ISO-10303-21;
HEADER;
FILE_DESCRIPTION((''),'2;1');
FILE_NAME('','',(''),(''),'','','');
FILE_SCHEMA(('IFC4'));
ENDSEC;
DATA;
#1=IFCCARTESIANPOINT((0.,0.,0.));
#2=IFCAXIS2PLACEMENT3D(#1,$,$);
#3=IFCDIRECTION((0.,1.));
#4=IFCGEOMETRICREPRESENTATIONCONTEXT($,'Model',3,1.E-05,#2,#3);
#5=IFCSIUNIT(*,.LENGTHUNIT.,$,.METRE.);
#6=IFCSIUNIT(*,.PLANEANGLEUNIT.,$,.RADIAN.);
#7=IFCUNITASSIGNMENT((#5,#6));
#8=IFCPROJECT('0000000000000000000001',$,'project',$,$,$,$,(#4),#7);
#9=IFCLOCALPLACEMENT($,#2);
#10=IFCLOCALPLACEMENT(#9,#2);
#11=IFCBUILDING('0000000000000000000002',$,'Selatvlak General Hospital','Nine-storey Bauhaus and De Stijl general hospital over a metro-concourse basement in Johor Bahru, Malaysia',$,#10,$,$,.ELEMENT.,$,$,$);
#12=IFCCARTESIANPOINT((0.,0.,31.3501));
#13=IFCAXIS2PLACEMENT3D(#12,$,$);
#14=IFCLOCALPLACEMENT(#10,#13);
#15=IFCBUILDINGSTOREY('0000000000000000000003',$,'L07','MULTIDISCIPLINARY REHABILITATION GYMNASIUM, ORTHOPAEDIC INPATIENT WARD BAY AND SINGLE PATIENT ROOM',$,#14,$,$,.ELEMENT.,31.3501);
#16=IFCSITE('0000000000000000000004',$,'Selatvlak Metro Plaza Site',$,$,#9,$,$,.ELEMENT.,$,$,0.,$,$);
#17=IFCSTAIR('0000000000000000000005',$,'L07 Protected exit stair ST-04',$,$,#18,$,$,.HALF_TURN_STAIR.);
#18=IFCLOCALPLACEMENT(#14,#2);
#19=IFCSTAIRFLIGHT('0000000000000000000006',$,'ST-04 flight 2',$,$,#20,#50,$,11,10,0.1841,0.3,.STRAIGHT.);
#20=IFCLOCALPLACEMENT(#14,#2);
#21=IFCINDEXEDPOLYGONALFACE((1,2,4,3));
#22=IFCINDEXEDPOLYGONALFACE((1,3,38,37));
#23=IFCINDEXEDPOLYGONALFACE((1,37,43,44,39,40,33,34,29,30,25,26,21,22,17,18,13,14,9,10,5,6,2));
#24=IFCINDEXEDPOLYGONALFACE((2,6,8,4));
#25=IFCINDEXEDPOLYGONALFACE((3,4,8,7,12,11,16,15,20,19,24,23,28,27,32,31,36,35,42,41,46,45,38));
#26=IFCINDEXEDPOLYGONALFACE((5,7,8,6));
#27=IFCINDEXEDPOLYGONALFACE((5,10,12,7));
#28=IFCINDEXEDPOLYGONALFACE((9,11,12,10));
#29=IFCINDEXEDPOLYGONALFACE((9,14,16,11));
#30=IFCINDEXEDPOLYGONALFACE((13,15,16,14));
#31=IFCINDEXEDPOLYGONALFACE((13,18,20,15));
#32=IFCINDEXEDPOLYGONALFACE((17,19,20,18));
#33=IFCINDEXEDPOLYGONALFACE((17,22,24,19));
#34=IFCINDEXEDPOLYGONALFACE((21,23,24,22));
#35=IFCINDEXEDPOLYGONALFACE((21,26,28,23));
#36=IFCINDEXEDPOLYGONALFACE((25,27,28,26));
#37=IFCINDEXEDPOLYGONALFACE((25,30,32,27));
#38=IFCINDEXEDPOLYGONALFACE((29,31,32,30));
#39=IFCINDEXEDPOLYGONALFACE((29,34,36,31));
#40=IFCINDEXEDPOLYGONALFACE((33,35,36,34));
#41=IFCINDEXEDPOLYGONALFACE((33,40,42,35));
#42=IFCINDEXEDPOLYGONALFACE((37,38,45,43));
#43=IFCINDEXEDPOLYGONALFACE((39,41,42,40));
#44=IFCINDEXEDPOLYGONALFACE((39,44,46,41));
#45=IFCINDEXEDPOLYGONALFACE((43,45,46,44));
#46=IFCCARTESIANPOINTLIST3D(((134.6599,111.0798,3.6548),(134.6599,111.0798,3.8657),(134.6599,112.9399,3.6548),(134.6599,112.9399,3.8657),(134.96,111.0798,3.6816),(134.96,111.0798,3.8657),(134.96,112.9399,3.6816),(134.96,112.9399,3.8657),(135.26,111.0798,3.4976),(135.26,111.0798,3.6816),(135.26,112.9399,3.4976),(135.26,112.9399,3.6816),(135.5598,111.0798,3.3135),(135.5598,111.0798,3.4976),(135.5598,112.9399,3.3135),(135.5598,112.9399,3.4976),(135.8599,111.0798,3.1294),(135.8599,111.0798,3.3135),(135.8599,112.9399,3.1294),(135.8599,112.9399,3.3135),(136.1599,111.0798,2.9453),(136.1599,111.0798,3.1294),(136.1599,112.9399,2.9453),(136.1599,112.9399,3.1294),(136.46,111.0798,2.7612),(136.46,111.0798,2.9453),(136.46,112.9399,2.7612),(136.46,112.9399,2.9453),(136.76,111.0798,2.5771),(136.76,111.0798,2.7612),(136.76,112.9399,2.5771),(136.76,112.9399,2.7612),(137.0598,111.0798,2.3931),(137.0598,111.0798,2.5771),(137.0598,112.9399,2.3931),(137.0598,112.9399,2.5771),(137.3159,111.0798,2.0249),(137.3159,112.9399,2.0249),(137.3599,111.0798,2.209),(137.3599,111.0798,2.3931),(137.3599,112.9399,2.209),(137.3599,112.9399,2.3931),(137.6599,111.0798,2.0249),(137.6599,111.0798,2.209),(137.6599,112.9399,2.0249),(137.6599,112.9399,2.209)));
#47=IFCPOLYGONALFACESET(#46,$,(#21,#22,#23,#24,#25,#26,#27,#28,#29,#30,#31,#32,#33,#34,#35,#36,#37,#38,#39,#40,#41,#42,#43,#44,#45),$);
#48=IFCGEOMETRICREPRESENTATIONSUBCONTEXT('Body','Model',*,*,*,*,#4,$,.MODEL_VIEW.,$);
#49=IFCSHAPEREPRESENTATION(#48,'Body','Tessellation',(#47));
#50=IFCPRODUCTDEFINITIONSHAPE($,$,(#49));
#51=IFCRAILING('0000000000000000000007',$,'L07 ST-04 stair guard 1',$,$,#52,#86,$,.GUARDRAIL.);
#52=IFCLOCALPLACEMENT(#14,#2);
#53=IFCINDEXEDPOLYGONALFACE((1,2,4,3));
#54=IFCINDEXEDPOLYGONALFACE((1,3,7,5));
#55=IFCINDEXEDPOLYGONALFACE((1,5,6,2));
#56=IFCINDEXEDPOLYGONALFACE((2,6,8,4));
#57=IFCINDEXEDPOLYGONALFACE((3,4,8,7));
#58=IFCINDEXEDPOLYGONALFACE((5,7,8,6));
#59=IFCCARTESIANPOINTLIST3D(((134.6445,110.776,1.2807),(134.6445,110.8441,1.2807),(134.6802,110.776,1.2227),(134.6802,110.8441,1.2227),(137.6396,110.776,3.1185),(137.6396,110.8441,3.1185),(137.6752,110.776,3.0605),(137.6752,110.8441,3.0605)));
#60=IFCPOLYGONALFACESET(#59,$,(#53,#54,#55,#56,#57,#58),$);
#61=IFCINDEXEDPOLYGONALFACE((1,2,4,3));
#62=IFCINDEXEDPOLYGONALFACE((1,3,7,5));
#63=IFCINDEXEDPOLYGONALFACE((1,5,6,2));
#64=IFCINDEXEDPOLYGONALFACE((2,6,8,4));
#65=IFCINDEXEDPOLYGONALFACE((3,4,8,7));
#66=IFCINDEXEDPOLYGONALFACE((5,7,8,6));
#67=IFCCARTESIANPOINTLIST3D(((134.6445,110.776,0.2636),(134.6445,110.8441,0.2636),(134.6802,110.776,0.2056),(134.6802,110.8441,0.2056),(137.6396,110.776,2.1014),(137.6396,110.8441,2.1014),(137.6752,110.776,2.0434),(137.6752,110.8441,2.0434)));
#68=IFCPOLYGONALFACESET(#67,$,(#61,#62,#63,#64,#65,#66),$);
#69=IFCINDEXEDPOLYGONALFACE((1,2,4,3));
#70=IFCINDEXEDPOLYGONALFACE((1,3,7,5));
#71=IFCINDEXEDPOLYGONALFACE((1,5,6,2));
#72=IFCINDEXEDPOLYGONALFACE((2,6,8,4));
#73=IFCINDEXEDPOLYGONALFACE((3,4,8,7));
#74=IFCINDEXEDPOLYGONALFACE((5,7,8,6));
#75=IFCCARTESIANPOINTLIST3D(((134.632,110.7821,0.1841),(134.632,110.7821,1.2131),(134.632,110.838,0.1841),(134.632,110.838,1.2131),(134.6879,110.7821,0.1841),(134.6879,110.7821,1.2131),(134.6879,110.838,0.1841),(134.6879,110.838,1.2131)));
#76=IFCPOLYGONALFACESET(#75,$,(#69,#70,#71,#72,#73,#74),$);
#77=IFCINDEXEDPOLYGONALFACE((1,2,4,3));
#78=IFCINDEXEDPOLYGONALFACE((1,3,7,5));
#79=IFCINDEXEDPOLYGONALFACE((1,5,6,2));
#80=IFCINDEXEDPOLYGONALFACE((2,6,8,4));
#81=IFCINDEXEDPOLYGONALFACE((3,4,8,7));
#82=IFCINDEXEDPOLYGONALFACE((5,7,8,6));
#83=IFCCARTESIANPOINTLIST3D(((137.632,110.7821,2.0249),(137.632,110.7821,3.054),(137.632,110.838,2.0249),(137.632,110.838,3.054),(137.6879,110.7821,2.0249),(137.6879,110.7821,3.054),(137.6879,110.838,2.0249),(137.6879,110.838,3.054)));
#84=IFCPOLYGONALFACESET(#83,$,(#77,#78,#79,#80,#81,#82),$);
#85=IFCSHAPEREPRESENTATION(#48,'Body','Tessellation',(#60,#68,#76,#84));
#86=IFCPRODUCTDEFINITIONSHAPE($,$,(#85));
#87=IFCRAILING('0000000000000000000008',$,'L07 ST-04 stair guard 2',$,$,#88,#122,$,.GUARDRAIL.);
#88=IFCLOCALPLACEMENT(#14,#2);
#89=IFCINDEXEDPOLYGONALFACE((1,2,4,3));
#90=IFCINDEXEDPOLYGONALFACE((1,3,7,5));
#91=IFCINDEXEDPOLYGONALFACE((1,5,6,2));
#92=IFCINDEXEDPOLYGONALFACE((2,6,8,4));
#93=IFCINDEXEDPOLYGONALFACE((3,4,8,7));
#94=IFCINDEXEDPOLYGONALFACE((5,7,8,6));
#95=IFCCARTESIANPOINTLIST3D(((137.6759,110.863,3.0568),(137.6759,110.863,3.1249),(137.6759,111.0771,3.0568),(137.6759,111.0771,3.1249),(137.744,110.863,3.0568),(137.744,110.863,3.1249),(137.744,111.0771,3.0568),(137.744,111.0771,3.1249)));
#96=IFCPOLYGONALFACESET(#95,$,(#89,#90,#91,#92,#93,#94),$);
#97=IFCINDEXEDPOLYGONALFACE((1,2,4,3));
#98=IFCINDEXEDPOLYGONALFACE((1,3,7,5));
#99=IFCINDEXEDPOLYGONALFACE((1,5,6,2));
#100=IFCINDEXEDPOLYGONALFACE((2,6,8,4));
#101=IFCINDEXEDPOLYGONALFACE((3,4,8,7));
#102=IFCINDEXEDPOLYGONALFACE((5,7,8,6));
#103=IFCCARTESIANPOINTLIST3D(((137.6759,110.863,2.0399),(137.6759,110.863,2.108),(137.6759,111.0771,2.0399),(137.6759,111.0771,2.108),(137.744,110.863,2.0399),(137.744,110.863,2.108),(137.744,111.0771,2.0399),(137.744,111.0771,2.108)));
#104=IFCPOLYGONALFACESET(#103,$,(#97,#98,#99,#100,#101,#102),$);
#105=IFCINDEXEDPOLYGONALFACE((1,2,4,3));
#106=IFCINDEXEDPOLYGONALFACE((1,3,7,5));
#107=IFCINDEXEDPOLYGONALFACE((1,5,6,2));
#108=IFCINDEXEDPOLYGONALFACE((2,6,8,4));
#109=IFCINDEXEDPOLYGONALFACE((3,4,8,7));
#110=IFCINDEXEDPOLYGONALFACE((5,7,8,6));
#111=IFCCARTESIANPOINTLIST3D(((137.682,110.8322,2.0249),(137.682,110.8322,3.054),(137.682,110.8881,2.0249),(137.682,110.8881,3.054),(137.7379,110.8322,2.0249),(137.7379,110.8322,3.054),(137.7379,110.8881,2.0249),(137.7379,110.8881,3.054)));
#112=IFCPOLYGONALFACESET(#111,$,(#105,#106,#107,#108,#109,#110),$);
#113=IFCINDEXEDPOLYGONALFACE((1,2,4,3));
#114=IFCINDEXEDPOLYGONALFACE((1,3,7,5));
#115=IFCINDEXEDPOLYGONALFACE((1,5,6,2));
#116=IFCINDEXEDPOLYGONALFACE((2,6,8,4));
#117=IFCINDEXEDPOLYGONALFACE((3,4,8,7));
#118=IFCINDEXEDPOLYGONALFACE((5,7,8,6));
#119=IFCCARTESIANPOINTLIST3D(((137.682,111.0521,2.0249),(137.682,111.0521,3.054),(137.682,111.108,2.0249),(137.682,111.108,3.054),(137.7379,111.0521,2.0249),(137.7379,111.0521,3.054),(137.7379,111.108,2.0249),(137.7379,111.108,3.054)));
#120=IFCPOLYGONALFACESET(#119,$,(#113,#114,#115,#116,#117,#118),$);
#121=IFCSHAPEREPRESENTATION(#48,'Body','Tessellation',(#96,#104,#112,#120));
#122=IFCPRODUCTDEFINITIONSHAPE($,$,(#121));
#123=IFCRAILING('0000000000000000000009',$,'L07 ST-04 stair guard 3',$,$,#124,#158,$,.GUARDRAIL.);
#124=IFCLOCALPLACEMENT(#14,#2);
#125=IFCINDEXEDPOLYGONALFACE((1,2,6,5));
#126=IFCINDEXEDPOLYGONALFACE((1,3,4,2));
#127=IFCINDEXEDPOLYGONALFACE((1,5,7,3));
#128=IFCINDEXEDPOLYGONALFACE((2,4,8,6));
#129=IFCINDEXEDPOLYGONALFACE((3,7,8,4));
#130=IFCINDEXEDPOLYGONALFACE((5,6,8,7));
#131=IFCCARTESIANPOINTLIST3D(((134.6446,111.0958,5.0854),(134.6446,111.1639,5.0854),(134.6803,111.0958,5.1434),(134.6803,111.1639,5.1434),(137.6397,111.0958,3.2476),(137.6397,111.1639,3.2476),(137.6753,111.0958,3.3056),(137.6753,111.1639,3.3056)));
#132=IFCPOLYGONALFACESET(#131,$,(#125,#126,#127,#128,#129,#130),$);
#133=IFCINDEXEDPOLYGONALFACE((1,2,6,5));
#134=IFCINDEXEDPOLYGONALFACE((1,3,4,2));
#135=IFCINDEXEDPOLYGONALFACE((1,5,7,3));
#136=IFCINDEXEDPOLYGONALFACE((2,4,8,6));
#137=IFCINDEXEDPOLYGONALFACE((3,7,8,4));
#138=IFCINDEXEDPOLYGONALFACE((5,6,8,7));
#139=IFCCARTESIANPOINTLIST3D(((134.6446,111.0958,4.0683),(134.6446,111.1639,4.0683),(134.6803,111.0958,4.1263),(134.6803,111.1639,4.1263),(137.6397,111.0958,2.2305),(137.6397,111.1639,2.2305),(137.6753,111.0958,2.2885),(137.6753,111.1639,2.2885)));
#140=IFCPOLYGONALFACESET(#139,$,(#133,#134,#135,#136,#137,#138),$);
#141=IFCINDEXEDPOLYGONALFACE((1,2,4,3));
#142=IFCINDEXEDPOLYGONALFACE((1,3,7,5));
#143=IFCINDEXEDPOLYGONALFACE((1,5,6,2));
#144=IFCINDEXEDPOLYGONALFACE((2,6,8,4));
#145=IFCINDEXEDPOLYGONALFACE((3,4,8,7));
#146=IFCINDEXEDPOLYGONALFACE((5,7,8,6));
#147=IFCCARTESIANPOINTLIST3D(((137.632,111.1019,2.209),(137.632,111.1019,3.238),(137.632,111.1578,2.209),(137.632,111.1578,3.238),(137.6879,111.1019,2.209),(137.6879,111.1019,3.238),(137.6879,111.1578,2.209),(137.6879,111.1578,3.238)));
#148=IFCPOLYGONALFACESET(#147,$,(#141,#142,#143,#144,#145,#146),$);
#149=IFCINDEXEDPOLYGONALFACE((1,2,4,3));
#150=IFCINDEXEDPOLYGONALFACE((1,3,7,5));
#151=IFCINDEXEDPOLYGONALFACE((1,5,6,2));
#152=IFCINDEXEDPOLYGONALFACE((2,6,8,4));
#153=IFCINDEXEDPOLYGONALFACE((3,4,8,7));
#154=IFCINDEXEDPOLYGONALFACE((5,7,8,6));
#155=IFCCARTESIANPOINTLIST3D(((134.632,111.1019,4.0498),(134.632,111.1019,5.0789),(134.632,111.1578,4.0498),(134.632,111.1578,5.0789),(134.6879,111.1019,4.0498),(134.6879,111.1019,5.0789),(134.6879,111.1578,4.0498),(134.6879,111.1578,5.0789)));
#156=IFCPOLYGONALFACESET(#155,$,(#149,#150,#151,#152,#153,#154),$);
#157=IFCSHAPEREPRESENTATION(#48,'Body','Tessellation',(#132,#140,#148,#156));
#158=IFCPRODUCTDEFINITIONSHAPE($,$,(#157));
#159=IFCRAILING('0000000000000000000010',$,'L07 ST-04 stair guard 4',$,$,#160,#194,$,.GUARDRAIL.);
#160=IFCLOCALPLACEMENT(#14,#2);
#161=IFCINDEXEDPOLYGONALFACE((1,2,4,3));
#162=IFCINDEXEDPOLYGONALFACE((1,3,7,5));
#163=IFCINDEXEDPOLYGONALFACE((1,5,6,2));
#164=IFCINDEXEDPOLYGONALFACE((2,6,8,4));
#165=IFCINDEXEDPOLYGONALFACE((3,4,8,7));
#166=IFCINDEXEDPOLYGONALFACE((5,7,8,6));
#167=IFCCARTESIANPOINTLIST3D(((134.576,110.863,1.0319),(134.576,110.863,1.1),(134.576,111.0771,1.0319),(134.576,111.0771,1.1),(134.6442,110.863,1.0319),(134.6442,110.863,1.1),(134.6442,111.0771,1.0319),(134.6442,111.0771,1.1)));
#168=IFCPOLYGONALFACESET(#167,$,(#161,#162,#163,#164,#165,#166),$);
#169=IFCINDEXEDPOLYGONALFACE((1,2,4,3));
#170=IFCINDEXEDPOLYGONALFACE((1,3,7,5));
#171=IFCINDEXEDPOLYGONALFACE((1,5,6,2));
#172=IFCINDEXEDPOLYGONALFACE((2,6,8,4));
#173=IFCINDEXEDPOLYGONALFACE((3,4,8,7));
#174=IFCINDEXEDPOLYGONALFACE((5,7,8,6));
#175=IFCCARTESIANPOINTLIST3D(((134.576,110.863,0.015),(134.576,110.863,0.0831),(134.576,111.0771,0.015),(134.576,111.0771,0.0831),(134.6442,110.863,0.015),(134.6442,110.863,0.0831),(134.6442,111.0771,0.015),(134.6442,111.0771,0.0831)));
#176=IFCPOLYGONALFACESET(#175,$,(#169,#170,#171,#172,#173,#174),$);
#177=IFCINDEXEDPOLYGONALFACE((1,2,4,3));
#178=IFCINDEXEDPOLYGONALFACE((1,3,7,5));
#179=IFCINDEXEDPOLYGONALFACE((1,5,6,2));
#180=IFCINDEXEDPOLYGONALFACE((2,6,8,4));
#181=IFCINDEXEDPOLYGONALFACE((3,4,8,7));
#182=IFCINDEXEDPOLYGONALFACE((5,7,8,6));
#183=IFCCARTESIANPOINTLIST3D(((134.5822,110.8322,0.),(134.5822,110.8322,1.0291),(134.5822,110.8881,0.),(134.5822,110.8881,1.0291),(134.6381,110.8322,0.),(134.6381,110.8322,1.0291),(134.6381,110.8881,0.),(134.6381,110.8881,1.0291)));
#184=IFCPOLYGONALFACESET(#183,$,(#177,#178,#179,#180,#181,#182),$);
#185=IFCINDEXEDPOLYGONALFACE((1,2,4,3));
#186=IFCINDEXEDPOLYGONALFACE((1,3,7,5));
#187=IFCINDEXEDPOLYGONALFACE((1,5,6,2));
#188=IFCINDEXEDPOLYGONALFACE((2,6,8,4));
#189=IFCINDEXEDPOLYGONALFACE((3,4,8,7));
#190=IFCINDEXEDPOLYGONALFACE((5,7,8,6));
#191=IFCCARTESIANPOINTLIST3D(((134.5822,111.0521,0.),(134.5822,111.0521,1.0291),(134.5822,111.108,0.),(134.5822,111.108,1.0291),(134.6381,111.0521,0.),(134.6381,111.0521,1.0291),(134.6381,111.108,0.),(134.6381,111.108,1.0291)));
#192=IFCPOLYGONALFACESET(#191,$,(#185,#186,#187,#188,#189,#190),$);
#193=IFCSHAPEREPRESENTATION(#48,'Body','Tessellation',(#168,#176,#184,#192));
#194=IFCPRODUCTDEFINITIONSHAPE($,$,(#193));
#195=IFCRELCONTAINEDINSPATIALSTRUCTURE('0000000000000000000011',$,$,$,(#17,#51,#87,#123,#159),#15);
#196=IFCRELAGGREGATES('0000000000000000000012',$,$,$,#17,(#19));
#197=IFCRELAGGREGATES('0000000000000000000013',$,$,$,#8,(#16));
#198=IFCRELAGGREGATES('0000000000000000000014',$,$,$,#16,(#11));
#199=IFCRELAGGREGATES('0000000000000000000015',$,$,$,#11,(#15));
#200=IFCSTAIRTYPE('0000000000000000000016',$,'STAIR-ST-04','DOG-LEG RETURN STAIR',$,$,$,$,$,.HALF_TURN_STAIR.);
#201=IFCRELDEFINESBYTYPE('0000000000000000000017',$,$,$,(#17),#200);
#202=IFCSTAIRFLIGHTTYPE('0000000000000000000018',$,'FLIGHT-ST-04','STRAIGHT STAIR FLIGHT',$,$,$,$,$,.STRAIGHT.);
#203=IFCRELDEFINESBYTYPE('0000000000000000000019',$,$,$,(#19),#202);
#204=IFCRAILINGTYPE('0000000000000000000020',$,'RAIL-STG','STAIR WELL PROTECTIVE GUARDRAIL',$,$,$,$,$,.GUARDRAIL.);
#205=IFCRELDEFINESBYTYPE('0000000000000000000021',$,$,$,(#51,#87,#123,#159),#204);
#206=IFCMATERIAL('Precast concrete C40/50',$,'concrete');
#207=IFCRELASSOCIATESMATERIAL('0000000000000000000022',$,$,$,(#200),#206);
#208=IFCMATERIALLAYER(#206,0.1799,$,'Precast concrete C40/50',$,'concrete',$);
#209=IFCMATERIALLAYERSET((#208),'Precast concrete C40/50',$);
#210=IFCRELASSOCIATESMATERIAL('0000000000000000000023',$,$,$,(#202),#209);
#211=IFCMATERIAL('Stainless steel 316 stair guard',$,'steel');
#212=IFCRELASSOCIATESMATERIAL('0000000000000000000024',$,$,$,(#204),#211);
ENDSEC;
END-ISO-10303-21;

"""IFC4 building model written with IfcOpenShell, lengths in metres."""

from ifc_helpers import new_model, si_unit, direction, frame, origin, origin_2d, place, context, subcontext, project, spatial, polyline, rectangle, outline, extrude, material, layer, layer_set, type_object, element, aggregate, save


model = new_model("IFC4")

# Units and contexts
model_context = context("Model", 3, precision=1e-05, world=origin(), true_north=direction((0.0, 1.0)))
body_context = subcontext(model_context, "Body", "Model", "MODEL_VIEW")
ifc_project = project(units=[si_unit("LENGTHUNIT", "METRE"), si_unit("PLANEANGLEUNIT", "RADIAN")], contexts=[model_context])

# Site, building, storey
site_placement = place(None, origin())
site = spatial("IfcSite", under=ifc_project, at=site_placement, Name="Selatvlak Metro Plaza Site", CompositionType="ELEMENT", RefElevation=0.0)
building_placement = place(site_placement, origin())
building = spatial("IfcBuilding", under=site, at=building_placement, Name="Selatvlak General Hospital", Description="Nine-storey Bauhaus and De Stijl general hospital over a metro-concourse basement in Johor Bahru, Malaysia", CompositionType="ELEMENT")
storey_placement = place(building_placement, frame((0.0, 0.0, 31.3501)))
storey = spatial("IfcBuildingStorey", under=building, at=storey_placement, Name="L07", Description="MULTIDISCIPLINARY REHABILITATION GYMNASIUM, ORTHOPAEDIC INPATIENT WARD BAY AND SINGLE PATIENT ROOM", CompositionType="ELEMENT", Elevation=31.3501)

# Stair, stair flight
ifc_material_1 = material(Name="Precast concrete C40/50", Category="concrete")
stair_type = type_object("IfcStairType", Name="STAIR-ST-04", Description="DOG-LEG RETURN STAIR", PredefinedType="HALF_TURN_STAIR", material=ifc_material_1)
stair_placement = place(storey_placement, origin())
stair = element("IfcStair", 1, at=stair_placement, inside=storey, type_object=stair_type, Name="L07 Protected exit stair ST-04", PredefinedType="HALF_TURN_STAIR")
ifc_layer_1 = layer(ifc_material_1, 0.1799, Name="Precast concrete C40/50", Category="concrete")
ifc_layer_set_1 = layer_set([ifc_layer_1], Name="Precast concrete C40/50")
stair_flight_type = type_object("IfcStairFlightType", Name="FLIGHT-ST-04", Description="STRAIGHT STAIR FLIGHT", PredefinedType="STRAIGHT", material=ifc_layer_set_1)
stair_flight_1_placement = place(storey_placement, frame((137.6599, 112.01, 2.0249), z_axis=(0.0, 0.0, 1.0), x_axis=(-1.0, 0.0, 0.0)))
stair_flight_1 = element("IfcStairFlight", 2, at=stair_flight_1_placement, type_object=stair_flight_type, Name="ST-04 flight 2", NumberOfRisers=11, NumberOfTreads=10, PredefinedType="STRAIGHT", RiserHeight=0.1841, TreadLength=0.3, context=body_context, shape_type="SweptSolid", body=[
    extrude(outline(polyline([(0.0, 0.0), (0.0, 0.1841), (0.3, 0.1841), (0.3, 0.3682), (0.6001, 0.3682), (0.6001, 0.5522), (0.8999, 0.5522), (0.8999, 0.7363), (1.2, 0.7363), (1.2, 0.9204), (1.5, 0.9204), (1.5, 1.1045), (1.8, 1.1045), (1.8, 1.2886), (2.1001, 1.2886), (2.1001, 1.4727), (2.3999, 1.4727), (2.3999, 1.6567), (2.7, 1.6567), (2.7, 1.8408), (3.0, 1.8408), (3.0, 2.0249), (3.0, 1.6299), (0.344, 0.0), (0.0, 0.0)])), frame((0.0, 0.9302, 0.0), z_axis=(0.0, -1.0, 0.0), x_axis=(1.0, 0.0, 0.0)), (0.0, 0.0, 1.0), 1.8601),
])
aggregate(stair, [stair_flight_1])

# Railings
ifc_material_2 = material(Name="Stainless steel 316 stair guard", Category="steel")
railing_type_1 = type_object("IfcRailingType", Name="RAIL-STG", Description="STAIR WELL PROTECTIVE GUARDRAIL", PredefinedType="GUARDRAIL", material=ifc_material_2)
railing_1_placement = place(storey_placement, frame((134.6599, 110.8101, 0.1841)))
element("IfcRailing", 3, at=railing_1_placement, inside=storey, type_object=railing_type_1, Name="L07 ST-04 stair guard 1", PredefinedType="GUARDRAIL", context=body_context, shape_type="SweptSolid", body=[
    extrude(rectangle(XDim=0.0681, YDim=0.0681, at=origin_2d()), frame((0.0024, 0.0, 1.0676), z_axis=(0.852334, 0.0, 0.522998), x_axis=(0.0, 1.0, 0.0)), (0.0, 0.0, 1.0), 3.5139),
    extrude(rectangle(XDim=0.0681, YDim=0.0681, at=origin_2d()), frame((0.0024, 0.0, 0.0505), z_axis=(0.852334, 0.0, 0.522998), x_axis=(0.0, 1.0, 0.0)), (0.0, 0.0, 1.0), 3.5139),
    extrude(rectangle(XDim=0.0559, YDim=0.0559, at=origin_2d()), origin(), (0.0, 0.0, 1.0), 1.0291),
    extrude(rectangle(XDim=0.0559, YDim=0.0559, at=origin_2d()), frame((3.0, 0.0, 1.8408)), (0.0, 0.0, 1.0), 1.0291),
])
railing_2_placement = place(storey_placement, frame((137.71, 110.8601, 2.0249)))
element("IfcRailing", 4, at=railing_2_placement, inside=storey, type_object=railing_type_1, Name="L07 ST-04 stair guard 2", PredefinedType="GUARDRAIL", context=body_context, shape_type="SweptSolid", body=[
    extrude(rectangle(XDim=0.0681, YDim=0.0681, at=origin_2d()), frame((0.0, 0.0029, 1.0659), z_axis=(0.0, 1.0, 0.0), x_axis=(-1.0, 0.0, 0.0)), (0.0, 0.0, 1.0), 0.2141),
    extrude(rectangle(XDim=0.0681, YDim=0.0681, at=origin_2d()), frame((0.0, 0.0029, 0.0491), z_axis=(0.0, 1.0, 0.0), x_axis=(-1.0, 0.0, 0.0)), (0.0, 0.0, 1.0), 0.2141),
    extrude(rectangle(XDim=0.0559, YDim=0.0559, at=origin_2d()), origin(), (0.0, 0.0, 1.0), 1.0291),
    extrude(rectangle(XDim=0.0559, YDim=0.0559, at=origin_2d()), frame((0.0, 0.22, 0.0)), (0.0, 0.0, 1.0), 1.0291),
])
railing_3_placement = place(storey_placement, frame((137.6599, 111.1299, 2.209)))
element("IfcRailing", 5, at=railing_3_placement, inside=storey, type_object=railing_type_1, Name="L07 ST-04 stair guard 3", PredefinedType="GUARDRAIL", context=body_context, shape_type="SweptSolid", body=[
    extrude(rectangle(XDim=0.0681, YDim=0.0681, at=origin_2d()), frame((-0.0024, 0.0, 1.0676), z_axis=(-0.852334, 0.0, 0.522998), x_axis=(0.0, -1.0, 0.0)), (0.0, 0.0, 1.0), 3.5139),
    extrude(rectangle(XDim=0.0681, YDim=0.0681, at=origin_2d()), frame((-0.0024, 0.0, 0.0505), z_axis=(-0.852334, 0.0, 0.522998), x_axis=(0.0, -1.0, 0.0)), (0.0, 0.0, 1.0), 3.5139),
    extrude(rectangle(XDim=0.0559, YDim=0.0559, at=origin_2d()), origin(), (0.0, 0.0, 1.0), 1.0291),
    extrude(rectangle(XDim=0.0559, YDim=0.0559, at=origin_2d()), frame((-3.0, 0.0, 1.8408)), (0.0, 0.0, 1.0), 1.0291),
])
railing_4_placement = place(storey_placement, frame((134.6101, 110.8601, 0.0)))
element("IfcRailing", 6, at=railing_4_placement, inside=storey, type_object=railing_type_1, Name="L07 ST-04 stair guard 4", PredefinedType="GUARDRAIL", context=body_context, shape_type="SweptSolid", body=[
    extrude(rectangle(XDim=0.0681, YDim=0.0681, at=origin_2d()), frame((0.0, 0.0029, 1.0659), z_axis=(0.0, 1.0, 0.0), x_axis=(-1.0, 0.0, 0.0)), (0.0, 0.0, 1.0), 0.2141),
    extrude(rectangle(XDim=0.0681, YDim=0.0681, at=origin_2d()), frame((0.0, 0.0029, 0.0491), z_axis=(0.0, 1.0, 0.0), x_axis=(-1.0, 0.0, 0.0)), (0.0, 0.0, 1.0), 0.2141),
    extrude(rectangle(XDim=0.0559, YDim=0.0559, at=origin_2d()), origin(), (0.0, 0.0, 1.0), 1.0291),
    extrude(rectangle(XDim=0.0559, YDim=0.0559, at=origin_2d()), frame((0.0, 0.22, 0.0)), (0.0, 0.0, 1.0), 1.0291),
])

save(model, "model.ifc")
